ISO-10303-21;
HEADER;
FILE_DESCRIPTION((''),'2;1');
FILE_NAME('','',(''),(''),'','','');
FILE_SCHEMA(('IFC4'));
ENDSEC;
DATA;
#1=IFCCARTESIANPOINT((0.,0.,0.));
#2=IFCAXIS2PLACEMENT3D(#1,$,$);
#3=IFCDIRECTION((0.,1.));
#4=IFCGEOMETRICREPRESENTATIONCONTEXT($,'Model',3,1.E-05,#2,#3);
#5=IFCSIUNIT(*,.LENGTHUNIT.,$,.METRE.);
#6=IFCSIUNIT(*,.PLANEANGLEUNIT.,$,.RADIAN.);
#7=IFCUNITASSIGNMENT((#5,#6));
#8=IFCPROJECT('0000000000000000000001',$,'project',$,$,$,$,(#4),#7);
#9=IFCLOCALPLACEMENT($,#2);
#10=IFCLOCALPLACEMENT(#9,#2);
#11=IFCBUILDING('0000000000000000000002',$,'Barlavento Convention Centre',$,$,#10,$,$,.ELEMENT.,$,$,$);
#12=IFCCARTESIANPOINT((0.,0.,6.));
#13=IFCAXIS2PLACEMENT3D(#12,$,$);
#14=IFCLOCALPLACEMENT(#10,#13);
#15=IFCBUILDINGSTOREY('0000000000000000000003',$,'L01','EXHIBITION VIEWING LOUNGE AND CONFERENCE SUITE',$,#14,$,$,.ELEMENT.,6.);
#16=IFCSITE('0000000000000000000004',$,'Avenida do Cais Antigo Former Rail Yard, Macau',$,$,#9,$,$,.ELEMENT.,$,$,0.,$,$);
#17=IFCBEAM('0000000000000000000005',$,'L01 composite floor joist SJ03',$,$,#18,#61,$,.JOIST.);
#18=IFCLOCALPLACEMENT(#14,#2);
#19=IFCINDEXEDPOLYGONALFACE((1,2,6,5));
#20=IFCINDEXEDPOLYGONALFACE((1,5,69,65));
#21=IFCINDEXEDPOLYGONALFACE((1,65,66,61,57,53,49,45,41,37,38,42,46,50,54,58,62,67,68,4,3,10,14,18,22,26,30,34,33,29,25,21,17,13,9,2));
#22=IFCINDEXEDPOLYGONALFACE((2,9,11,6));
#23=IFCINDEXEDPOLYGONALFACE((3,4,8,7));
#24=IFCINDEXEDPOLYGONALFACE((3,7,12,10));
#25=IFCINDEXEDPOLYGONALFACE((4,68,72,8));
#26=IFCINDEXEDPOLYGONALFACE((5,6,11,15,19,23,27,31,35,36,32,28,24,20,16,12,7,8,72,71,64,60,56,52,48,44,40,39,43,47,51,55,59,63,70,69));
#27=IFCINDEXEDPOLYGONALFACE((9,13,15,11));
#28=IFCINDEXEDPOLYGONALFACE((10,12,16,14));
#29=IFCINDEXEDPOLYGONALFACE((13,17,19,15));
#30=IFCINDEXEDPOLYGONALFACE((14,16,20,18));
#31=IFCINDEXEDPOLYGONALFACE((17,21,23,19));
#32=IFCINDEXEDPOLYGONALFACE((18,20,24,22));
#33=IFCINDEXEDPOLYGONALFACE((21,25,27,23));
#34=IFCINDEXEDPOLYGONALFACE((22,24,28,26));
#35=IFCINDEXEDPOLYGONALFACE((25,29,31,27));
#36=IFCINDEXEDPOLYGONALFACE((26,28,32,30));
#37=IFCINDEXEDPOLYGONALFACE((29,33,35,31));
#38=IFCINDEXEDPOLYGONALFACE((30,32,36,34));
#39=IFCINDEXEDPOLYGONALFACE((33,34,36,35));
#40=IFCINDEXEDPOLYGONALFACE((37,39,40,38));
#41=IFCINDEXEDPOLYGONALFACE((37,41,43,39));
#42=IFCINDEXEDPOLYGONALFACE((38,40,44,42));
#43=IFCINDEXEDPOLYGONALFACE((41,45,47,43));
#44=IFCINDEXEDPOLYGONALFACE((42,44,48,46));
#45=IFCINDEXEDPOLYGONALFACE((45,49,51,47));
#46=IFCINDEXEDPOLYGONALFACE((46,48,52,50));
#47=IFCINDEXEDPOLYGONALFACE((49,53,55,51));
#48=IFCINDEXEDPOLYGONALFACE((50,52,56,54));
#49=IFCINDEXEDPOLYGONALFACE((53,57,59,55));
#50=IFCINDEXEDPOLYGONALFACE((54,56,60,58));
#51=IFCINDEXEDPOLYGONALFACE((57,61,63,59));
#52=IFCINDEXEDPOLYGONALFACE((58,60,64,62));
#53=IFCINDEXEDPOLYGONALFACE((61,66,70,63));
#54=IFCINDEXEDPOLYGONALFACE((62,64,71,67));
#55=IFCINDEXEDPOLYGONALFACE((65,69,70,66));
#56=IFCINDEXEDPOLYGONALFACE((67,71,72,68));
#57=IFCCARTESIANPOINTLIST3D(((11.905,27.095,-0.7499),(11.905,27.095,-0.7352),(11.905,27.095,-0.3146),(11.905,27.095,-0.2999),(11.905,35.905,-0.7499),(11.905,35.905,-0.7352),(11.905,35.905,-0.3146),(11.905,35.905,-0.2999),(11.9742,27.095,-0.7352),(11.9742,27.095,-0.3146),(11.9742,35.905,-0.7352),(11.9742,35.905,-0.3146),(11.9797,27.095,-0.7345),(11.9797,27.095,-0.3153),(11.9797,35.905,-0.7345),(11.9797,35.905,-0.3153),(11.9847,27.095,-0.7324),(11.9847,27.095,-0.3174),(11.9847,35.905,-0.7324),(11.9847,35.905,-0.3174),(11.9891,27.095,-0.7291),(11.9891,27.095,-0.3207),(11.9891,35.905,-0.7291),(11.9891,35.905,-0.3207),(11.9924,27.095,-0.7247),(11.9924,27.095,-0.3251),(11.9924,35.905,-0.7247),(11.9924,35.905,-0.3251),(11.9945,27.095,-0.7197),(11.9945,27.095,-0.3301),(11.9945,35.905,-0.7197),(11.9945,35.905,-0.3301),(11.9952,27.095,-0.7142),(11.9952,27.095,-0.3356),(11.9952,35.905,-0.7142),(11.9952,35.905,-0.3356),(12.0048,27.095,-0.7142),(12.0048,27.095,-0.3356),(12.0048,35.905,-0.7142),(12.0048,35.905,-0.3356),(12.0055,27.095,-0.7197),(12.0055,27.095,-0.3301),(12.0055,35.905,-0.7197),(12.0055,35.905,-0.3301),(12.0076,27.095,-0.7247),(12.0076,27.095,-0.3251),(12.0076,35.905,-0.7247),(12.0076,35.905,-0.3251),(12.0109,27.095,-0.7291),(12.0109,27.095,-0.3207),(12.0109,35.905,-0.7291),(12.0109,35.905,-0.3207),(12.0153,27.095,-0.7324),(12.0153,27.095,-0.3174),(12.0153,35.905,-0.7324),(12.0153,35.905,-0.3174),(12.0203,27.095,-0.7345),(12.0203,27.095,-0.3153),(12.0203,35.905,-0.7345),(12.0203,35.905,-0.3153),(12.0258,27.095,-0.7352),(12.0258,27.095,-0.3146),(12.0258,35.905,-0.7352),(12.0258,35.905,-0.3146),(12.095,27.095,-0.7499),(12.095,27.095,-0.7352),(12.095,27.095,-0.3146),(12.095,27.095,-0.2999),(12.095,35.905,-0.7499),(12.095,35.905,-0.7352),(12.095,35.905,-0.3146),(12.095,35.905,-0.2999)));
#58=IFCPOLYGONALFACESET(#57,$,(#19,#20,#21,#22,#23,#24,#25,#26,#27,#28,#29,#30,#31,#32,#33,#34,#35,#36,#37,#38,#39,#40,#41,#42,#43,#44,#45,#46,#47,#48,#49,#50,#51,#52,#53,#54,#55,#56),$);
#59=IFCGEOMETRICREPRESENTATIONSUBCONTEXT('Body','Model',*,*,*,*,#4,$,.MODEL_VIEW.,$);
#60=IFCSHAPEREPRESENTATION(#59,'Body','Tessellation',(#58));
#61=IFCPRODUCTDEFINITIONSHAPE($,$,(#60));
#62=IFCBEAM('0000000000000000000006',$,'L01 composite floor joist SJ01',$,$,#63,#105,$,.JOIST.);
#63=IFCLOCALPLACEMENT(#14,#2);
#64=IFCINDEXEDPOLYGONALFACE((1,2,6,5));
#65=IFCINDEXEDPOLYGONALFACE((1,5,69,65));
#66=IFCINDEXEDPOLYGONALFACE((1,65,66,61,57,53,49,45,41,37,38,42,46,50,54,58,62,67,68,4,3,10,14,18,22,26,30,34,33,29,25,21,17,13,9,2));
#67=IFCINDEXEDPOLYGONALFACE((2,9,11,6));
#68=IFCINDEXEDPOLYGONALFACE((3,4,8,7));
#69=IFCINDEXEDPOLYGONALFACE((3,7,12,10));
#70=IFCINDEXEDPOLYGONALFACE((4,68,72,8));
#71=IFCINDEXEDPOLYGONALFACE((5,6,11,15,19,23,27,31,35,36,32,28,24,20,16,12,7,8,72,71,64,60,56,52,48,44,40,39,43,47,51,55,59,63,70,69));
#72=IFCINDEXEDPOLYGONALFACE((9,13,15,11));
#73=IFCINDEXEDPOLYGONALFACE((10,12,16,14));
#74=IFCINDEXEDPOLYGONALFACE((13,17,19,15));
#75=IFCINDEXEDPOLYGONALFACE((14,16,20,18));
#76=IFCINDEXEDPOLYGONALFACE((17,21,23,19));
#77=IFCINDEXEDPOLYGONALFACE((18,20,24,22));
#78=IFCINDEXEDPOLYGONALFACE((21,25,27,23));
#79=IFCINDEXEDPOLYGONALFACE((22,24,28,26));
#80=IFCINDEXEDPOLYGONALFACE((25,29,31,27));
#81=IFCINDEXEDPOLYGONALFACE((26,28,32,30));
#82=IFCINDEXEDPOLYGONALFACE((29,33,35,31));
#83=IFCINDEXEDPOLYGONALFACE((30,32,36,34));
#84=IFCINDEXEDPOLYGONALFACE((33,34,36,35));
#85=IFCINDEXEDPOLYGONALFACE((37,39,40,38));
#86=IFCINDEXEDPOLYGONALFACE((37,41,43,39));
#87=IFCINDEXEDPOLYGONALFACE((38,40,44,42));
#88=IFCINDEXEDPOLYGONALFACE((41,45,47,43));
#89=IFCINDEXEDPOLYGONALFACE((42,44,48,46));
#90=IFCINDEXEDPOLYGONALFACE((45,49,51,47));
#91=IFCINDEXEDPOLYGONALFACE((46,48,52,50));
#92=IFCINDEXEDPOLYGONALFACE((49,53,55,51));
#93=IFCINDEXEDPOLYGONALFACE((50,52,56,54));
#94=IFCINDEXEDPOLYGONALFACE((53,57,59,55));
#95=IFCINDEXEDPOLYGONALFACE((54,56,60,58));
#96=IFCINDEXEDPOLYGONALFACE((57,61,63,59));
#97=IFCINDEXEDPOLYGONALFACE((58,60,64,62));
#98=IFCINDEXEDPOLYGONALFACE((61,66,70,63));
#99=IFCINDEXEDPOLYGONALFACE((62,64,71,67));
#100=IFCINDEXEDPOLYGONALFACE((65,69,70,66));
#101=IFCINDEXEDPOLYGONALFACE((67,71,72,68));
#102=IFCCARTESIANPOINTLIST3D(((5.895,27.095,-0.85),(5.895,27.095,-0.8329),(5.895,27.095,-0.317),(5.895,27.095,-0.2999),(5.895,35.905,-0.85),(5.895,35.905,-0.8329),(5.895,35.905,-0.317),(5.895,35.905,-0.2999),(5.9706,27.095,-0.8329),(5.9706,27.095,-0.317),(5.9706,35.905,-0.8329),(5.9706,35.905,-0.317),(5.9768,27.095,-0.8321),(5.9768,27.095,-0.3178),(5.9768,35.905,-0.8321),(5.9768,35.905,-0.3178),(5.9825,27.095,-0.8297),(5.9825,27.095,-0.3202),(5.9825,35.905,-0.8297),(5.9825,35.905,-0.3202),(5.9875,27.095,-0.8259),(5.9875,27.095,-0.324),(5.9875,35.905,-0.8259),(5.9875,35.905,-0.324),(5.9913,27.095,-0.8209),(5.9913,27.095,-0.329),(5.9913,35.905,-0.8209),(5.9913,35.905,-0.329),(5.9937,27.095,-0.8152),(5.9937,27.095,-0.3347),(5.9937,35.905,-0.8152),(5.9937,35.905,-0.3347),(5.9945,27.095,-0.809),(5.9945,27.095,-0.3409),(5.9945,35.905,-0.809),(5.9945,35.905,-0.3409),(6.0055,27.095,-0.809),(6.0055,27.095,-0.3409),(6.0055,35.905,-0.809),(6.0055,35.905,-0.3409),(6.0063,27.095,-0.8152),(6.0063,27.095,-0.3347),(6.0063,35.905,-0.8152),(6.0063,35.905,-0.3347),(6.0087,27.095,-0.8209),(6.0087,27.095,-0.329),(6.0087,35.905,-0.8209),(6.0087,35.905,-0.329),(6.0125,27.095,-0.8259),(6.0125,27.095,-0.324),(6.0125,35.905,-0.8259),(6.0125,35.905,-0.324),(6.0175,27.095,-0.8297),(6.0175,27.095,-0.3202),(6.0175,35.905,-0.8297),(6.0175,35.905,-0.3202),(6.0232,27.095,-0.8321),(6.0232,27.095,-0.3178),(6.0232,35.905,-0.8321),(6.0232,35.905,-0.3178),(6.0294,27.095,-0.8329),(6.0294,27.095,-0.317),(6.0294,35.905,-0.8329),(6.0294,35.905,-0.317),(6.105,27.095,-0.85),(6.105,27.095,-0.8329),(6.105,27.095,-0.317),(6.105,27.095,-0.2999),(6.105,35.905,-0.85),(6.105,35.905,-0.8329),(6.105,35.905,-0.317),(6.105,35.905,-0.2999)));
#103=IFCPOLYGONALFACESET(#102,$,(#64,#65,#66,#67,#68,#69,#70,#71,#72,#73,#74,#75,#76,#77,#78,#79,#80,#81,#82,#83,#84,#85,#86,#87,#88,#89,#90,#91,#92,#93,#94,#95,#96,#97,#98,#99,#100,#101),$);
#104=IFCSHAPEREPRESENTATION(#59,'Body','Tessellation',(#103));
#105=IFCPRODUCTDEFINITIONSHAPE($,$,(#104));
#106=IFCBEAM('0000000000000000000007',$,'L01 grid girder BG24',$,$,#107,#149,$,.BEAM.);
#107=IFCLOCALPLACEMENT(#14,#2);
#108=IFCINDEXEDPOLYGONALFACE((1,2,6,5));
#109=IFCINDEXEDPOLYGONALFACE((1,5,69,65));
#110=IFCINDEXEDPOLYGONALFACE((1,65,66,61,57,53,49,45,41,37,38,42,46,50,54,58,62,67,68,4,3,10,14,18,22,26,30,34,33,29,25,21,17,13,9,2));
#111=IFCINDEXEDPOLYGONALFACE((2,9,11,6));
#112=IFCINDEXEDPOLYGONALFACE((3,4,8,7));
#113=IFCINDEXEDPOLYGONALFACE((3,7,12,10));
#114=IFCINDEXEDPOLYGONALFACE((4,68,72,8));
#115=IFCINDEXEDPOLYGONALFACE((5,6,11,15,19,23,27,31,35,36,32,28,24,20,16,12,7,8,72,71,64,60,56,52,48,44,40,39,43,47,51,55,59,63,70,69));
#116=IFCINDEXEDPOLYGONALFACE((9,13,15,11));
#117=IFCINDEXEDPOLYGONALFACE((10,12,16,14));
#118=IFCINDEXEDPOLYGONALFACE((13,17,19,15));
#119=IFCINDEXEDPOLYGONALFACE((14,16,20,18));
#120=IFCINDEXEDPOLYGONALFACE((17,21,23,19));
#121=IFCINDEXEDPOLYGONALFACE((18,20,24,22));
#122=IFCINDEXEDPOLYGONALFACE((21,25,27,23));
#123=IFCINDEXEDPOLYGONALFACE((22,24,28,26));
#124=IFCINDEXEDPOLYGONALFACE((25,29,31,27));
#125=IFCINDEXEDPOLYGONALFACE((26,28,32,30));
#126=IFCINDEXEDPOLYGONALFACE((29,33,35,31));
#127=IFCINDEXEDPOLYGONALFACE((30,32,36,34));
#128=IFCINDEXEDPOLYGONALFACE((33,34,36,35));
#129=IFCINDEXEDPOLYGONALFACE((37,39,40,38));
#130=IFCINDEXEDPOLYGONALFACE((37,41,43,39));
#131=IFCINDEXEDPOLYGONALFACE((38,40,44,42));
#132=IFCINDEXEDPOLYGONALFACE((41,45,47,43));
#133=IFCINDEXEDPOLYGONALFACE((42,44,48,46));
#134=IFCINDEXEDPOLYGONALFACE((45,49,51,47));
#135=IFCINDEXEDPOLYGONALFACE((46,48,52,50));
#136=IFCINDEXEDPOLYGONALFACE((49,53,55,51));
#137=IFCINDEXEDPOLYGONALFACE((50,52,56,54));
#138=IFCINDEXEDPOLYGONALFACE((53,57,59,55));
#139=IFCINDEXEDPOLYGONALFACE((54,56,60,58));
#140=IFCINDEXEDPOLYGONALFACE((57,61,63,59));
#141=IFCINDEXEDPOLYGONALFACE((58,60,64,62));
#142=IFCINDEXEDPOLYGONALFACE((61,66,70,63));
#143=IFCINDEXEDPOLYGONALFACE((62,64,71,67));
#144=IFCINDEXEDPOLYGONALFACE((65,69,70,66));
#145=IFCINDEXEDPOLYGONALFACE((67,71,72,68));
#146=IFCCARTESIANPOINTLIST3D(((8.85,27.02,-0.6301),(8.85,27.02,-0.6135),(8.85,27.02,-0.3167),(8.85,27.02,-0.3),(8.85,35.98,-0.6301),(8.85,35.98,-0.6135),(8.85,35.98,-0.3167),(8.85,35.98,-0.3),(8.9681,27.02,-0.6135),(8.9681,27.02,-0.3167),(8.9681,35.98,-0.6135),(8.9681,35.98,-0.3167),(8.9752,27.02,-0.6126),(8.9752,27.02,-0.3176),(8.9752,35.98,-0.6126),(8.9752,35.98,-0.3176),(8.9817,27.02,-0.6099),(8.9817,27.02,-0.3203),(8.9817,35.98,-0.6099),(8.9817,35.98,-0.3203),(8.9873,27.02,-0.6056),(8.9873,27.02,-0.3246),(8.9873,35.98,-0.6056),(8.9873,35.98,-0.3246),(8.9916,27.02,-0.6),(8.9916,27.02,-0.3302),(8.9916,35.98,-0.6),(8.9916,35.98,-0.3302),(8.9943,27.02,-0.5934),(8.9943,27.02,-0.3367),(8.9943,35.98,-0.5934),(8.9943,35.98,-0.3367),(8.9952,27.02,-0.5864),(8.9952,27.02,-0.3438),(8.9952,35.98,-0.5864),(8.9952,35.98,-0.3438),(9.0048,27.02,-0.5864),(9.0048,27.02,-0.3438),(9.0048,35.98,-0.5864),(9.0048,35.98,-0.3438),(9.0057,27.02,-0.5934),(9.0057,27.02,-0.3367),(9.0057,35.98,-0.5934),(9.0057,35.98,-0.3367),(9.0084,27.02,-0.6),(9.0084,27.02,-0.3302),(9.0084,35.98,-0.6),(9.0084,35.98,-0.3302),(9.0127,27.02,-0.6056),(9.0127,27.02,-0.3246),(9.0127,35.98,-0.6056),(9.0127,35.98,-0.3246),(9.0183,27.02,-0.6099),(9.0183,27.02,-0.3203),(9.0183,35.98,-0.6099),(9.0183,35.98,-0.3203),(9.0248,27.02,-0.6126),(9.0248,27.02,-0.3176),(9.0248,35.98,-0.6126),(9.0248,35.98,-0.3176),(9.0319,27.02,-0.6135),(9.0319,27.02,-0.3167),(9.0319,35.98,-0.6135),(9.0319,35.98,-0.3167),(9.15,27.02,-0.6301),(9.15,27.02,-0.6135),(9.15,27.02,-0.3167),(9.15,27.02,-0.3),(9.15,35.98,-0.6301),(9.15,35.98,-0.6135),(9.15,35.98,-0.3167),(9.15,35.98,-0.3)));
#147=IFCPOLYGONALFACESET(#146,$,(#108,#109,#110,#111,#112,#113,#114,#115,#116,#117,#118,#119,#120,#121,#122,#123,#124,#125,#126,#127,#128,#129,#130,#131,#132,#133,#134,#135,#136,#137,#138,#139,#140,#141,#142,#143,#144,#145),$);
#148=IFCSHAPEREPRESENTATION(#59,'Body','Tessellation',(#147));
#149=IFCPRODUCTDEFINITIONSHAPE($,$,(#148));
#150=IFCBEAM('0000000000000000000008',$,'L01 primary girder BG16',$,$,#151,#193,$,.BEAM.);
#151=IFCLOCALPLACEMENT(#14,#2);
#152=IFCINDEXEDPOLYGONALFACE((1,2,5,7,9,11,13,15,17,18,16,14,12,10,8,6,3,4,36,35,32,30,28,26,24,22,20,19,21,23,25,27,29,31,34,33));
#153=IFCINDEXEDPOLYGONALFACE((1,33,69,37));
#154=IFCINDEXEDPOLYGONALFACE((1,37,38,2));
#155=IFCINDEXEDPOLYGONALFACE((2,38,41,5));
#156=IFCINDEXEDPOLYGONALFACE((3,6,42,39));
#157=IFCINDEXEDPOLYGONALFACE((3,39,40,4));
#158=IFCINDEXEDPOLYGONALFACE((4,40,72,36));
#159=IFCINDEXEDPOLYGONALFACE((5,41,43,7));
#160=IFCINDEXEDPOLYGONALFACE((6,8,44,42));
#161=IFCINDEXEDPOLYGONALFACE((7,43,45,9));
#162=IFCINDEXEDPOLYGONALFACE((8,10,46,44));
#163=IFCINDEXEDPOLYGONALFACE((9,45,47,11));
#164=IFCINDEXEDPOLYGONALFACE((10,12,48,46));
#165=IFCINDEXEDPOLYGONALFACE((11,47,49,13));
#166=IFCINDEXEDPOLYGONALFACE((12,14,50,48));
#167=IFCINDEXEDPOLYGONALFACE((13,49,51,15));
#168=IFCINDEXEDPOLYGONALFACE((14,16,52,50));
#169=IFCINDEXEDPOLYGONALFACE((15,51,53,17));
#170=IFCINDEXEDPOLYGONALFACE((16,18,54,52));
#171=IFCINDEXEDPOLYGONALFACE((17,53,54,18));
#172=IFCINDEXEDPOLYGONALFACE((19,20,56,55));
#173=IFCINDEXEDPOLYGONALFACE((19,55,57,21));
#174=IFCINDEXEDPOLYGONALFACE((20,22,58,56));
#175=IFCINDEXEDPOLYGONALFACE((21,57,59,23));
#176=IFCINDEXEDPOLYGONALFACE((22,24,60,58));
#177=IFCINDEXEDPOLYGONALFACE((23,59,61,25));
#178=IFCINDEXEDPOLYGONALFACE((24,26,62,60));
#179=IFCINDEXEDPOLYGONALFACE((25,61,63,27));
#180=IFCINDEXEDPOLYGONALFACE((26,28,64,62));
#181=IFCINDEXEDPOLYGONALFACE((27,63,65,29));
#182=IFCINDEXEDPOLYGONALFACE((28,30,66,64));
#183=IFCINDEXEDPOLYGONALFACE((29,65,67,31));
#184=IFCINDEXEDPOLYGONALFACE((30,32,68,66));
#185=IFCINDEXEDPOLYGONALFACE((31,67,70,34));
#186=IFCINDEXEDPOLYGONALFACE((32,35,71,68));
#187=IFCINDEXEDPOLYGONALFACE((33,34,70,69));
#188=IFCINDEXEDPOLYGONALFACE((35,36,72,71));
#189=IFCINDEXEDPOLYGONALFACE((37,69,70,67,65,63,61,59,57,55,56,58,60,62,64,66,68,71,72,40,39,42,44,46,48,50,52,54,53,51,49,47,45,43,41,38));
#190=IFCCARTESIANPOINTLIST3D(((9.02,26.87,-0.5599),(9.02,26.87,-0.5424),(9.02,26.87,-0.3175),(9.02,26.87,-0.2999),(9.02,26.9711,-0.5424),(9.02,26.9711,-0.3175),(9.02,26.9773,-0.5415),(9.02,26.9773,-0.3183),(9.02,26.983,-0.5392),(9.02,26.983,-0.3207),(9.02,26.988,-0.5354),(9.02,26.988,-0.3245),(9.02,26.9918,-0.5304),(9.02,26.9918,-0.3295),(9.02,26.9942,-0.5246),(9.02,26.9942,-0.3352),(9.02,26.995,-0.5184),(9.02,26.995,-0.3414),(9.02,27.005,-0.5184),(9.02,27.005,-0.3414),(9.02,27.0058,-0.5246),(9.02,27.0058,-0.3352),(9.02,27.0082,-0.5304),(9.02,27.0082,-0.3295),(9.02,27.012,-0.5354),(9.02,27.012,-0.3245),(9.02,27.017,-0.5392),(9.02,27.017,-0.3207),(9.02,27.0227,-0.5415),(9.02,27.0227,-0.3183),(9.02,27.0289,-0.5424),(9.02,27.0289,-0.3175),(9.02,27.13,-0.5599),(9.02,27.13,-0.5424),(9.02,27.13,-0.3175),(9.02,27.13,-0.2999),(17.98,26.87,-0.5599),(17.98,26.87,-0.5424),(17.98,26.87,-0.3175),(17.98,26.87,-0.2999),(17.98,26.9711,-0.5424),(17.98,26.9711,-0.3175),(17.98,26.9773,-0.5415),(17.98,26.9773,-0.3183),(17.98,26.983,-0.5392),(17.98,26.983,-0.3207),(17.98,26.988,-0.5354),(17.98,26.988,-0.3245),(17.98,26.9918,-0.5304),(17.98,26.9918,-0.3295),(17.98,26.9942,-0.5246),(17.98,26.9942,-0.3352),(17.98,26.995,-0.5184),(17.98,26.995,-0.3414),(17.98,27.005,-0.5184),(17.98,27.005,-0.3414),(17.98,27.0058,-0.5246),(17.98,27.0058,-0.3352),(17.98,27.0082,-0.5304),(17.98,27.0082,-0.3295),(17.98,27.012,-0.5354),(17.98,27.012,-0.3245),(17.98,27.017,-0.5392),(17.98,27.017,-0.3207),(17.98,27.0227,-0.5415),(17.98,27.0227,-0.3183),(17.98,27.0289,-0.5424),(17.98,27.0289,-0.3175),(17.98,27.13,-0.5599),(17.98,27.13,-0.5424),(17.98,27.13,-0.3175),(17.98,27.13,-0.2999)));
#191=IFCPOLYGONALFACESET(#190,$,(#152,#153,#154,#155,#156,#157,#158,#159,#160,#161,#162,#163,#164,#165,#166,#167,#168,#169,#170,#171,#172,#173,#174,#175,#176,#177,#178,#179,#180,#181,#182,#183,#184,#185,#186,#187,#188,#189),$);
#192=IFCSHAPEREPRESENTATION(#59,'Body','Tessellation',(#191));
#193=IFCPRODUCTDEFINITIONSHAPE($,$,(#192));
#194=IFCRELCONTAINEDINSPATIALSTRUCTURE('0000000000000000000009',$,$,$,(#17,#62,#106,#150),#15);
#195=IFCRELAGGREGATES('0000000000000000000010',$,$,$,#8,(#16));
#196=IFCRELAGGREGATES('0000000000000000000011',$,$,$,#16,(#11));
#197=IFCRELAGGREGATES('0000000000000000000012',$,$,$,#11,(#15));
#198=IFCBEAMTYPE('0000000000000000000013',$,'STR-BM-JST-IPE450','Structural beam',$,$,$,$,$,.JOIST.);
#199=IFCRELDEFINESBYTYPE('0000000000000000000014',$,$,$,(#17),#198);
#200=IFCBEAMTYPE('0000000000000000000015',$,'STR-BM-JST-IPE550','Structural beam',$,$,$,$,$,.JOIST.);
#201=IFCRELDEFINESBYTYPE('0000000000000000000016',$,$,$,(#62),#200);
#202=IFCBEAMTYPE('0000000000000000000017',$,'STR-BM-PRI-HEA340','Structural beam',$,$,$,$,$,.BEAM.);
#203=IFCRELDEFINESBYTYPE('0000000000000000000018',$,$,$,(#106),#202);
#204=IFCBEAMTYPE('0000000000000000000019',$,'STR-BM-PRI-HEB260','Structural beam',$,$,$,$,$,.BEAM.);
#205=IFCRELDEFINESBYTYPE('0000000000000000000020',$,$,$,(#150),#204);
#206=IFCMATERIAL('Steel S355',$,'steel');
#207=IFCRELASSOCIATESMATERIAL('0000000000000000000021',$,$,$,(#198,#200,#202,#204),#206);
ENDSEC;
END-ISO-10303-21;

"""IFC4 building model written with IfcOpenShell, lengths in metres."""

from ifc_helpers import new_model, si_unit, direction, frame, origin, origin_2d, place, context, subcontext, project, spatial, i_section, extrude, material, material_profile, profile_set, type_object, element, save


model = new_model("IFC4")

# Units and contexts
model_context = context("Model", 3, precision=1e-05, world=origin(), true_north=direction((0.0, 1.0)))
body_context = subcontext(model_context, "Body", "Model", "MODEL_VIEW")
ifc_project = project(units=[si_unit("LENGTHUNIT", "METRE"), si_unit("PLANEANGLEUNIT", "RADIAN")], contexts=[model_context])

# Site, building, storey
site_placement = place(None, origin())
site = spatial("IfcSite", under=ifc_project, at=site_placement, Name="Avenida do Cais Antigo Former Rail Yard, Macau", CompositionType="ELEMENT", RefElevation=0.0)
building_placement = place(site_placement, origin())
building = spatial("IfcBuilding", under=site, at=building_placement, Name="Barlavento Convention Centre", CompositionType="ELEMENT")
storey_placement = place(building_placement, frame((0.0, 0.0, 6.0)))
storey = spatial("IfcBuildingStorey", under=building, at=storey_placement, Name="L01", Description="EXHIBITION VIEWING LOUNGE AND CONFERENCE SUITE", CompositionType="ELEMENT", Elevation=6.0)

# Shared definitions
ifc_material_1 = material(Name="Steel S355", Category="steel")

# Beams
ifc_material_profile_1 = material_profile(ifc_material_1, i_section(OverallWidth=0.1899, OverallDepth=0.45, WebThickness=0.0095, FlangeThickness=0.0146, FilletRadius=0.021, at=origin_2d()), Name="IPE 450")
ifc_profile_set_1 = profile_set([ifc_material_profile_1], Name="Steel S355")
beam_type_1 = type_object("IfcBeamType", Name="STR-BM-JST-IPE450", Description="Structural beam", PredefinedType="JOIST", material=ifc_profile_set_1)
beam_1_placement = place(storey_placement, frame((12.0, 27.095, -0.5249), z_axis=(0.0, 1.0, 0.0), x_axis=(-1.0, 0.0, 0.0)))
element("IfcBeam", 1, at=beam_1_placement, inside=storey, type_object=beam_type_1, Name="L01 composite floor joist SJ03", PredefinedType="JOIST", context=body_context, shape_type="SweptSolid", body=[
    extrude(i_section(OverallWidth=0.1899, OverallDepth=0.45, WebThickness=0.0095, FlangeThickness=0.0146, FilletRadius=0.021, at=origin_2d()), origin(), (0.0, 0.0, 1.0), 8.8101),
])
ifc_material_profile_2 = material_profile(ifc_material_1, i_section(OverallWidth=0.21, OverallDepth=0.55, WebThickness=0.011, FlangeThickness=0.0171, FilletRadius=0.0239, at=origin_2d()), Name="IPE 550")
ifc_profile_set_2 = profile_set([ifc_material_profile_2], Name="Steel S355")
beam_type_2 = type_object("IfcBeamType", Name="STR-BM-JST-IPE550", Description="Structural beam", PredefinedType="JOIST", material=ifc_profile_set_2)
beam_2_placement = place(storey_placement, frame((6.0, 27.095, -0.575), z_axis=(0.0, 1.0, 0.0), x_axis=(-1.0, 0.0, 0.0)))
element("IfcBeam", 2, at=beam_2_placement, inside=storey, type_object=beam_type_2, Name="L01 composite floor joist SJ01", PredefinedType="JOIST", context=body_context, shape_type="SweptSolid", body=[
    extrude(i_section(OverallWidth=0.21, OverallDepth=0.55, WebThickness=0.011, FlangeThickness=0.0171, FilletRadius=0.0239, at=origin_2d()), origin(), (0.0, 0.0, 1.0), 8.8101),
])
ifc_material_profile_3 = material_profile(ifc_material_1, i_section(OverallWidth=0.3, OverallDepth=0.3301, WebThickness=0.0095, FlangeThickness=0.0166, FilletRadius=0.0271, at=origin_2d()), Name="HEA 340")
ifc_profile_set_3 = profile_set([ifc_material_profile_3], Name="Steel S355")
beam_type_3 = type_object("IfcBeamType", Name="STR-BM-PRI-HEA340", Description="Structural beam", PredefinedType="BEAM", material=ifc_profile_set_3)
beam_3_placement = place(storey_placement, frame((9.0, 27.02, -0.4651), z_axis=(0.0, 1.0, 0.0), x_axis=(-1.0, 0.0, 0.0)))
element("IfcBeam", 3, at=beam_3_placement, inside=storey, type_object=beam_type_3, Name="L01 grid girder BG24", PredefinedType="BEAM", context=body_context, shape_type="SweptSolid", body=[
    extrude(i_section(OverallWidth=0.3, OverallDepth=0.3301, WebThickness=0.0095, FlangeThickness=0.0166, FilletRadius=0.0271, at=origin_2d()), origin(), (0.0, 0.0, 1.0), 8.96),
])
ifc_material_profile_4 = material_profile(ifc_material_1, i_section(OverallWidth=0.26, OverallDepth=0.26, WebThickness=0.01, FlangeThickness=0.0176, FilletRadius=0.0239, at=origin_2d()), Name="HEB 260")
ifc_profile_set_4 = profile_set([ifc_material_profile_4], Name="Steel S355")
beam_type_4 = type_object("IfcBeamType", Name="STR-BM-PRI-HEB260", Description="Structural beam", PredefinedType="BEAM", material=ifc_profile_set_4)
beam_4_placement = place(storey_placement, frame((9.02, 27.0, -0.4299), z_axis=(1.0, 0.0, 0.0), x_axis=(0.0, 1.0, 0.0)))
element("IfcBeam", 4, at=beam_4_placement, inside=storey, type_object=beam_type_4, Name="L01 primary girder BG16", PredefinedType="BEAM", context=body_context, shape_type="SweptSolid", body=[
    extrude(i_section(OverallWidth=0.26, OverallDepth=0.26, WebThickness=0.01, FlangeThickness=0.0176, FilletRadius=0.0239, at=origin_2d()), origin(), (0.0, 0.0, 1.0), 8.96),
])

save(model, "model.ifc")
